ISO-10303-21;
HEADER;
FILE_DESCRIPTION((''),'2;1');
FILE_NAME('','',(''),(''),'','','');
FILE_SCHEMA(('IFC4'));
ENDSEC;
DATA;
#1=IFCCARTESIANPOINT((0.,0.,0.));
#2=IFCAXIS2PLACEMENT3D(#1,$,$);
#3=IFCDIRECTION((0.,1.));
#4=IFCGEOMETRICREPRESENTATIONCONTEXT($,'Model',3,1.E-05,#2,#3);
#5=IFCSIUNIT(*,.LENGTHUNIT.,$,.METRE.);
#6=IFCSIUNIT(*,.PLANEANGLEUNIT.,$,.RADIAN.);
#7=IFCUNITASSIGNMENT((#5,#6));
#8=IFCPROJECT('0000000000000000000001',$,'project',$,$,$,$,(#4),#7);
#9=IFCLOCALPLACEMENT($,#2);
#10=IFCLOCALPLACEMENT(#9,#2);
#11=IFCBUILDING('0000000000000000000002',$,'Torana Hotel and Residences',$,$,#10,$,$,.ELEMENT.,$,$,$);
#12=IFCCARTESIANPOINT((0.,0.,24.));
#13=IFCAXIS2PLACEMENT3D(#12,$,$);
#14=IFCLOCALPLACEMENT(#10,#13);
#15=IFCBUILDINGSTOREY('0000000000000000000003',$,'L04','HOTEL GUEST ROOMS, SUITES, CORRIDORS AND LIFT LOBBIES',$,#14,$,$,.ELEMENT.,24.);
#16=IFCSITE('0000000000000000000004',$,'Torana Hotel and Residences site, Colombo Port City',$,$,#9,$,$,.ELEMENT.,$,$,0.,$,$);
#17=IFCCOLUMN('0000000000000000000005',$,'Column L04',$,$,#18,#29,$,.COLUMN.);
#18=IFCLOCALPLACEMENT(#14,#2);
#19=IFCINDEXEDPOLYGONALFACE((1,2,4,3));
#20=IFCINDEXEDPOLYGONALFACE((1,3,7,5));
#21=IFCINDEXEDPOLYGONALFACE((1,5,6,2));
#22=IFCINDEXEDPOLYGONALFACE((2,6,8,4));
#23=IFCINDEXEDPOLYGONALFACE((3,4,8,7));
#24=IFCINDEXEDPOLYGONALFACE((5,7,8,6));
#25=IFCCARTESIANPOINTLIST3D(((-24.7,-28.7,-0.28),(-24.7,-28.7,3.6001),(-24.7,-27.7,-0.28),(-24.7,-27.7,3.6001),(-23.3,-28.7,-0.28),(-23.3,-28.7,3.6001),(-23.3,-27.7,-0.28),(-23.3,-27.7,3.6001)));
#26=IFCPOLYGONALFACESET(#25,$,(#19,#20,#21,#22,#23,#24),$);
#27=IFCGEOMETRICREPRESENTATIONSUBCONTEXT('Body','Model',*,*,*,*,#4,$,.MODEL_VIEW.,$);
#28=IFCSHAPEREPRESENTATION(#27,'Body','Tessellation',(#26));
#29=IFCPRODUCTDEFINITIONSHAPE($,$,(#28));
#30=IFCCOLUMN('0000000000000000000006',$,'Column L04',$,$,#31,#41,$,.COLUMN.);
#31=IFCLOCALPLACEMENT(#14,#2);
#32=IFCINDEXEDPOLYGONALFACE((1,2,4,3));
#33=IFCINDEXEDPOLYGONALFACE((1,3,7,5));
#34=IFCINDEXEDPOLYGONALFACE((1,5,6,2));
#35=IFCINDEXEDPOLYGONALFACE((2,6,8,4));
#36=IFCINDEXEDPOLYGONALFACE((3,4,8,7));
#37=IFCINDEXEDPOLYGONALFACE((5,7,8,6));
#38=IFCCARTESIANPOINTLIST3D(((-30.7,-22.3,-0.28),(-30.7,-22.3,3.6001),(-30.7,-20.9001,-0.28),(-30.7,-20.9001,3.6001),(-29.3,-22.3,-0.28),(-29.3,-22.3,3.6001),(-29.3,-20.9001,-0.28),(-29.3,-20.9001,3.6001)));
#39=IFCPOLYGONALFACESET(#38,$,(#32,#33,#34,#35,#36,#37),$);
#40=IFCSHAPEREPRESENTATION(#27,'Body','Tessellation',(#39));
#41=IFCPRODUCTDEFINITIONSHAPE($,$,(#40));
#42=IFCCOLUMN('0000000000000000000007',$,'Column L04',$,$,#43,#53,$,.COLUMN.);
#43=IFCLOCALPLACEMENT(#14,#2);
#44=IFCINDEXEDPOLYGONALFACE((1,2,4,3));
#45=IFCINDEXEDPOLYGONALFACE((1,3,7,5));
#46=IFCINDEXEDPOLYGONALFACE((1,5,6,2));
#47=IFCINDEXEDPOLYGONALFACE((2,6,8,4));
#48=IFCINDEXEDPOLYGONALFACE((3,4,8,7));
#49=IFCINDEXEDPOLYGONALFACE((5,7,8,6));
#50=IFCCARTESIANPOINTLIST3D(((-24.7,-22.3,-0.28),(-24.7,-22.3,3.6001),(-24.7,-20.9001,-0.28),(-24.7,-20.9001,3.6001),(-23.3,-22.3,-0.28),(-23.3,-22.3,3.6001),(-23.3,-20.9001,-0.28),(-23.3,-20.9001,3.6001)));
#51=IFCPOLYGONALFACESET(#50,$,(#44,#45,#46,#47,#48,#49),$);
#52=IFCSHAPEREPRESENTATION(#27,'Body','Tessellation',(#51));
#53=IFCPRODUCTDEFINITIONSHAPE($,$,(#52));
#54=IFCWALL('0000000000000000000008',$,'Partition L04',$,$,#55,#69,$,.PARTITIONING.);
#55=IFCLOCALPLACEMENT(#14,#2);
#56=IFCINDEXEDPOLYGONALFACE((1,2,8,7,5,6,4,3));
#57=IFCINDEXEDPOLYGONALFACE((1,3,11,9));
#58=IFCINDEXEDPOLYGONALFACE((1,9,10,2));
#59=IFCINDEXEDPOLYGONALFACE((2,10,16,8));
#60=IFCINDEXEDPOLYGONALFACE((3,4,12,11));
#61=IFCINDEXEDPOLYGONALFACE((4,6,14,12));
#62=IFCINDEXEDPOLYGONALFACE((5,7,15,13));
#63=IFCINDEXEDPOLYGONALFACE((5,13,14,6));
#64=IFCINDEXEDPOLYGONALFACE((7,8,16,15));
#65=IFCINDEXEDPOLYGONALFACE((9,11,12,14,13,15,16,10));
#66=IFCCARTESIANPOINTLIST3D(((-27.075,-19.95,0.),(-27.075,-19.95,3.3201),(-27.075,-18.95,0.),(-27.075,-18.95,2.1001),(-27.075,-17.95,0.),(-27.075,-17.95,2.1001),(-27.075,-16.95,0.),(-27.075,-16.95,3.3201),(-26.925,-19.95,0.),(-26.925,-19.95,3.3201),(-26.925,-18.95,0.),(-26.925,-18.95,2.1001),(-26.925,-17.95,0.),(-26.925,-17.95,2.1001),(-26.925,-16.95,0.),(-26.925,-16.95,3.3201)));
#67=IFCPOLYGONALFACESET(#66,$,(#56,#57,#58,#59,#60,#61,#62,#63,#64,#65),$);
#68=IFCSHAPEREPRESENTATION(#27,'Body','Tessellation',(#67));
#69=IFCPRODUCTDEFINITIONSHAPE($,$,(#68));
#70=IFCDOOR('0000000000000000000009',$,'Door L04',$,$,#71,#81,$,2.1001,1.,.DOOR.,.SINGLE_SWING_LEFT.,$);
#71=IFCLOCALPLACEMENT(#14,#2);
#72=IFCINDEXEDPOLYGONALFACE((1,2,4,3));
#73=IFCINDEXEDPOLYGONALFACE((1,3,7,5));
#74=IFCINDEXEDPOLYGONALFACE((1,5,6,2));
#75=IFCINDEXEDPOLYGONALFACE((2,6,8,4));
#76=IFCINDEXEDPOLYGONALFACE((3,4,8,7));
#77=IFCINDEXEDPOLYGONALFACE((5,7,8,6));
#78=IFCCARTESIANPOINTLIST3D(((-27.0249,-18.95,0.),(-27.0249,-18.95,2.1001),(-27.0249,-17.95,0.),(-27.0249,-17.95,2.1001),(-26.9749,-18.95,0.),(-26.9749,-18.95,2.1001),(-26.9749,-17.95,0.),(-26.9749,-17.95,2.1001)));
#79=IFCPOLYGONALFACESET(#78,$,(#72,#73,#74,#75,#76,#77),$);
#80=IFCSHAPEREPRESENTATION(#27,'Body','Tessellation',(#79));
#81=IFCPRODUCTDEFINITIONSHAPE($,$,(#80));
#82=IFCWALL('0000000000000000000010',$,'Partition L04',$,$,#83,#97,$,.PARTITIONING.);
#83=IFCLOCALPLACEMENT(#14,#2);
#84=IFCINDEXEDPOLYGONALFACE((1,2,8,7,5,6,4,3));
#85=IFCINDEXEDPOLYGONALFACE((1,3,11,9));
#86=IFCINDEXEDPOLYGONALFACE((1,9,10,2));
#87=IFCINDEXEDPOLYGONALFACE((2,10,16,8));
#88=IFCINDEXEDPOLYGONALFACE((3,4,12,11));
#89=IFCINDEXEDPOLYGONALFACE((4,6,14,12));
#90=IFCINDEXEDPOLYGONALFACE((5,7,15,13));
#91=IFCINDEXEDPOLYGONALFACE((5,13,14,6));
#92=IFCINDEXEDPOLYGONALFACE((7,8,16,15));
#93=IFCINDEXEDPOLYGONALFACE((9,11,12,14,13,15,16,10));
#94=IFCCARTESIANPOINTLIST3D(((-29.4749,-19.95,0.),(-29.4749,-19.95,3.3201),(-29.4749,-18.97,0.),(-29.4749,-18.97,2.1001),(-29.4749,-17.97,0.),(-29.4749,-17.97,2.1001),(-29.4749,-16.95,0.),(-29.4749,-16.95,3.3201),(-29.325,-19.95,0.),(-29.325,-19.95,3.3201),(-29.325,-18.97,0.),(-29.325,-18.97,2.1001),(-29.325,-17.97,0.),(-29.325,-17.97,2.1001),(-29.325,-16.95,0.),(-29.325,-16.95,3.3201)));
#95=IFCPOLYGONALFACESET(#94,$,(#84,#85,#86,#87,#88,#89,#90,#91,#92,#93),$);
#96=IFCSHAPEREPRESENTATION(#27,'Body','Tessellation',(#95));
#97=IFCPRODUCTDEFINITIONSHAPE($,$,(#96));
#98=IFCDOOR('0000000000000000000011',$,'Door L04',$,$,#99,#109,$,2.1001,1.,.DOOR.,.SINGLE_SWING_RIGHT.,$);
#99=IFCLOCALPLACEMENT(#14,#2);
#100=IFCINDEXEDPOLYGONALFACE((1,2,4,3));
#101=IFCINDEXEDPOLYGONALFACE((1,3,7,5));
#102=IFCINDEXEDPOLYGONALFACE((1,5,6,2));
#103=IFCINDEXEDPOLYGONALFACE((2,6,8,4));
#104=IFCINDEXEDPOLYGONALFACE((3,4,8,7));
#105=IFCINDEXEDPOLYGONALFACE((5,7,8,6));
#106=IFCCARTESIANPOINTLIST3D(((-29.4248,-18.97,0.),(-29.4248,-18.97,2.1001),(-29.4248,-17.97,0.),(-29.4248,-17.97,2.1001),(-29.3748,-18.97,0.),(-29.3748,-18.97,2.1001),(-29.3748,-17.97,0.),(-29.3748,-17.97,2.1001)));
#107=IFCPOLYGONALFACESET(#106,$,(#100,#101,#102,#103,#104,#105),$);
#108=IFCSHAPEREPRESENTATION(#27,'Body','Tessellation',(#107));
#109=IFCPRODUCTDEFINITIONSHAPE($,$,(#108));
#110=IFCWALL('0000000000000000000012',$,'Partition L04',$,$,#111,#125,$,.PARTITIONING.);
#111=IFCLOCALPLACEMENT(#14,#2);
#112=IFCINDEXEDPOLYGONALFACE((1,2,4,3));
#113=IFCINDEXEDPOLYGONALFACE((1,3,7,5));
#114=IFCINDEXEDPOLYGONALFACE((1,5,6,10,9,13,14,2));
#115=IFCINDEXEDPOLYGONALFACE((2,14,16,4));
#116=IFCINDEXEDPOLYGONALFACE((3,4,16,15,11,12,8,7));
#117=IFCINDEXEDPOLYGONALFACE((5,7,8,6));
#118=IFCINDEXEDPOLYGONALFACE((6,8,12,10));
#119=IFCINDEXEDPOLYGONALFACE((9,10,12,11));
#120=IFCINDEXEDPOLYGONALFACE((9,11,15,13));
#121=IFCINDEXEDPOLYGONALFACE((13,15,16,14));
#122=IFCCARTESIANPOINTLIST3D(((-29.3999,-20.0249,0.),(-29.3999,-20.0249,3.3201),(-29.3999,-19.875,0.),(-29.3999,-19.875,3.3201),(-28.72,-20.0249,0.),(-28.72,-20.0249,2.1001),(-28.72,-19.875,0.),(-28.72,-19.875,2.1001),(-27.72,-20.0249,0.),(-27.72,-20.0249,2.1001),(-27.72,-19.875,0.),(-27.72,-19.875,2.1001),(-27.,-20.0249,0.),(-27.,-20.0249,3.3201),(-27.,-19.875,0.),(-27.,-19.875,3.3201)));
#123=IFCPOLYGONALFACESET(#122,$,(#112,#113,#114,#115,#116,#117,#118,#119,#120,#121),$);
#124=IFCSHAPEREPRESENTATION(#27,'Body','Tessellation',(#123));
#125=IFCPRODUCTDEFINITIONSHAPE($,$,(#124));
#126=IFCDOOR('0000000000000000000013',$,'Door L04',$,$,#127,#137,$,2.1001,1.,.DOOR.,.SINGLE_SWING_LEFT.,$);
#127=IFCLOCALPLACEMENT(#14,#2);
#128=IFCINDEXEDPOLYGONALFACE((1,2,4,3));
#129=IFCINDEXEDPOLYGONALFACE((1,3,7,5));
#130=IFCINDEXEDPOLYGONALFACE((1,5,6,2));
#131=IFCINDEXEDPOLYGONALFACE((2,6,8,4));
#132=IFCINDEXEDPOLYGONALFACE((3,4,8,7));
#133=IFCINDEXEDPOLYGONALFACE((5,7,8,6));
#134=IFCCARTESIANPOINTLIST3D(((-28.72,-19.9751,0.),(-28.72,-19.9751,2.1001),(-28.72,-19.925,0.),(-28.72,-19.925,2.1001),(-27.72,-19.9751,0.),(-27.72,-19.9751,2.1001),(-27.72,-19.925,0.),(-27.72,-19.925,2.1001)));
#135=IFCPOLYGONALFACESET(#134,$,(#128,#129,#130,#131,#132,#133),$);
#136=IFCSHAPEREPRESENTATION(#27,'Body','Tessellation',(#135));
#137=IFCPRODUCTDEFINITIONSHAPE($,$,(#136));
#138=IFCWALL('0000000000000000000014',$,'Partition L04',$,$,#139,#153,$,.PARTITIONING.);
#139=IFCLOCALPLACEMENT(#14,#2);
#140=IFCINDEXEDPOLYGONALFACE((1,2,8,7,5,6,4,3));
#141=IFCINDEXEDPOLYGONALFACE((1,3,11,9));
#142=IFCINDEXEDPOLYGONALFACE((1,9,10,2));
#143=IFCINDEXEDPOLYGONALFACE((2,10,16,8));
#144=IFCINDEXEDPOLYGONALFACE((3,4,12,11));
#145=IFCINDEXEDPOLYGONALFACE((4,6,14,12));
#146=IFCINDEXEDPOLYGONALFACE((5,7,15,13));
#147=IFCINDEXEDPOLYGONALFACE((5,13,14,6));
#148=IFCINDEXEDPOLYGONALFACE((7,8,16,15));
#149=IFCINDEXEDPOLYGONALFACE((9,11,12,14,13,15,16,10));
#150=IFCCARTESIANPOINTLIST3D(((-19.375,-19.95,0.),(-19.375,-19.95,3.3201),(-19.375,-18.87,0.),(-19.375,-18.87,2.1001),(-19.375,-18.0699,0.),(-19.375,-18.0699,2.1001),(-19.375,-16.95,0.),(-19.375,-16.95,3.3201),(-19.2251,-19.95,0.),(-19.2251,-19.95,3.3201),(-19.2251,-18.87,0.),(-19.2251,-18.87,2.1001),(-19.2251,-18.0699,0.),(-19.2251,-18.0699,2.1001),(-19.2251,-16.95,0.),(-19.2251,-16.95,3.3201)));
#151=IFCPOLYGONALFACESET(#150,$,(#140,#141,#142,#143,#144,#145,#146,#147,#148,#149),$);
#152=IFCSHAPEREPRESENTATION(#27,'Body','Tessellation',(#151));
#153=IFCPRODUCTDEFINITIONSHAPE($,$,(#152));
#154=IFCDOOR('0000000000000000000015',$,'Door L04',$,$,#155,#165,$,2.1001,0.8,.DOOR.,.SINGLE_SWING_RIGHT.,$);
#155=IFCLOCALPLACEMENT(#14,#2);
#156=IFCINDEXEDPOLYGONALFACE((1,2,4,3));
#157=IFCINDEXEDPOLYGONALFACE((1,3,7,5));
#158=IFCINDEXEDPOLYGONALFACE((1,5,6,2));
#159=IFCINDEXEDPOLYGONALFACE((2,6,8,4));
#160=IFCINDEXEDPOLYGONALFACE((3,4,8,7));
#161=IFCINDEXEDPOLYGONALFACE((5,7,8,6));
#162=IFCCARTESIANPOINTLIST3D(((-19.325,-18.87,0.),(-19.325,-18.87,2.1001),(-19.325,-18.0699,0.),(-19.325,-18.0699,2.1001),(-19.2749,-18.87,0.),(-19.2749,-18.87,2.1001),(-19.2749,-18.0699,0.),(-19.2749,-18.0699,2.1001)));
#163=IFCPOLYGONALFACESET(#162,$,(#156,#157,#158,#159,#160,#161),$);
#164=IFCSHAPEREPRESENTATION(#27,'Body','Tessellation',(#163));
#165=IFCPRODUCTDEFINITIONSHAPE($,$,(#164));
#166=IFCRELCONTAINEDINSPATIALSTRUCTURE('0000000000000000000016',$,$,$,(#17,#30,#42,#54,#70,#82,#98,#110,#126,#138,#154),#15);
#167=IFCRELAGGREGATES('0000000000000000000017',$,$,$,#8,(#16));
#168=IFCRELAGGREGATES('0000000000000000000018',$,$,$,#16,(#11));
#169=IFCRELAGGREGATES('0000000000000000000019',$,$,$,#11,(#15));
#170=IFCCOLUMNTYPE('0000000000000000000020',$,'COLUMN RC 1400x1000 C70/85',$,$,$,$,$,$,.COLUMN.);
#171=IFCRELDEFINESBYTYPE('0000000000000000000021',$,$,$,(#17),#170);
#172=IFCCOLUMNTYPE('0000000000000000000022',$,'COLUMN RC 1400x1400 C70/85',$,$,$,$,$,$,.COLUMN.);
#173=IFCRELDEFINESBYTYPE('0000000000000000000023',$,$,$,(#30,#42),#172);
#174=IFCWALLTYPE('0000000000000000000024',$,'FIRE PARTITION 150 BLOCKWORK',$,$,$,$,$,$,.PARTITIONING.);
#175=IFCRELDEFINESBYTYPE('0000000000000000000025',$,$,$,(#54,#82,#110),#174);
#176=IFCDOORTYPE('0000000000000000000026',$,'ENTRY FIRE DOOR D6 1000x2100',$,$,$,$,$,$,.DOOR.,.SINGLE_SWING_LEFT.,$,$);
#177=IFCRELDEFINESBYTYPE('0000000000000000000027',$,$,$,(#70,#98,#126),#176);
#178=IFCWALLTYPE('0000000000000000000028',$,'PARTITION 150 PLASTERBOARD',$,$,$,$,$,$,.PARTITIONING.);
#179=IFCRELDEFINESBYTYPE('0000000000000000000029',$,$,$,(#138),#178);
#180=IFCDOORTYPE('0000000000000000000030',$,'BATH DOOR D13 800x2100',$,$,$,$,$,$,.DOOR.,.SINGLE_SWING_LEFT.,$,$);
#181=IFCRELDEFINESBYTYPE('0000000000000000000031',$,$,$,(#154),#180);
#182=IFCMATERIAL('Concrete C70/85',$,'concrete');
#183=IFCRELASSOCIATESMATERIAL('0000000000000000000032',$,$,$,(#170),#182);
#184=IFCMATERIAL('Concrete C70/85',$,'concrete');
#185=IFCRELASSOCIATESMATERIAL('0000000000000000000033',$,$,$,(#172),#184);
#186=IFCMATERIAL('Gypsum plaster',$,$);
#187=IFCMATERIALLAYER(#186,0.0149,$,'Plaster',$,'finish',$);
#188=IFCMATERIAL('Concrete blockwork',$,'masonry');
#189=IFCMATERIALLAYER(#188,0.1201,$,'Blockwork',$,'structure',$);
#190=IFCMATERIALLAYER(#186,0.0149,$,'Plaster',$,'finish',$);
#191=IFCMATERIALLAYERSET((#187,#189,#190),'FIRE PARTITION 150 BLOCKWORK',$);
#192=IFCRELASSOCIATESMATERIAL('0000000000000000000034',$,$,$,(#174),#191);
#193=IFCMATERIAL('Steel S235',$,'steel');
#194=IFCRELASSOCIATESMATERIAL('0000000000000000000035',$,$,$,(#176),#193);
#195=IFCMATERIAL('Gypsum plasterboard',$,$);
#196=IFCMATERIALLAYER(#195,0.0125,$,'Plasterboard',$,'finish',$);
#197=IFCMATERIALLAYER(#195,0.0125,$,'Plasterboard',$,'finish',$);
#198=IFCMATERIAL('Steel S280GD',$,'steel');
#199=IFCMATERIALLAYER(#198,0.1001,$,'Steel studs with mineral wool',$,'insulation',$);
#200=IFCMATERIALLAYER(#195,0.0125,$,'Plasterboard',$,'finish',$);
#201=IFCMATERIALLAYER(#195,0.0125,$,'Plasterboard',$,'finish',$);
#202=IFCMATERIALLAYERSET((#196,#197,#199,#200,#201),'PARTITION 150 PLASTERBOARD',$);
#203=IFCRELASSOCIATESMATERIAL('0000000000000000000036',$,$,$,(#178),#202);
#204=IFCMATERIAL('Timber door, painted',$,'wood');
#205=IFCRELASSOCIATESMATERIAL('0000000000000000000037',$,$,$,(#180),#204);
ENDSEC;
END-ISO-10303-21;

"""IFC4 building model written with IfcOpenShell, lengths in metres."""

from ifc_helpers import new_model, si_unit, direction, frame, frame_2d, origin, origin_2d, place, context, subcontext, project, spatial, rectangle, extrude, material, layer, layer_set, material_profile, profile_set, type_object, element, fill, save


model = new_model("IFC4")

# Units and contexts
model_context = context("Model", 3, precision=1e-05, world=origin(), true_north=direction((0.0, 1.0)))
body_context = subcontext(model_context, "Body", "Model", "MODEL_VIEW")
ifc_project = project(units=[si_unit("LENGTHUNIT", "METRE"), si_unit("PLANEANGLEUNIT", "RADIAN")], contexts=[model_context])

# Site, building, storey
site_placement = place(None, origin())
site = spatial("IfcSite", under=ifc_project, at=site_placement, Name="Torana Hotel and Residences site, Colombo Port City", CompositionType="ELEMENT", RefElevation=0.0)
building_placement = place(site_placement, origin())
building = spatial("IfcBuilding", under=site, at=building_placement, Name="Torana Hotel and Residences", CompositionType="ELEMENT")
storey_placement = place(building_placement, frame((0.0, 0.0, 24.0)))
storey = spatial("IfcBuildingStorey", under=building, at=storey_placement, Name="L04", Description="HOTEL GUEST ROOMS, SUITES, CORRIDORS AND LIFT LOBBIES", CompositionType="ELEMENT", Elevation=24.0)

# Columns
ifc_material_1 = material(Name="Concrete C70/85", Category="concrete")
ifc_material_profile_1 = material_profile(ifc_material_1, rectangle(XDim=1.3999, YDim=1.0, at=origin_2d()), Name="RC 1400x1000")
ifc_profile_set_1 = profile_set([ifc_material_profile_1], Name="Concrete C70/85")
column_type_1 = type_object("IfcColumnType", Name="COLUMN RC 1400x1000 C70/85", PredefinedType="COLUMN", material=ifc_profile_set_1)
column_placement = place(storey_placement, frame((-24.0, -28.2, -0.28), z_axis=(0.0, 0.0, 1.0), x_axis=(1.0, 0.0, 0.0)))
element("IfcColumn", 1, at=column_placement, inside=storey, type_object=column_type_1, Name="Column L04", PredefinedType="COLUMN", context=body_context, shape_type="SweptSolid", body=[
    extrude(rectangle(XDim=1.3999, YDim=1.0, at=origin_2d()), origin(), (0.0, 0.0, 1.0), 3.8801),
])
ifc_material_2 = material(Name="Concrete C70/85", Category="concrete")
ifc_material_profile_2 = material_profile(ifc_material_2, rectangle(XDim=1.3999, YDim=1.3999, at=origin_2d()), Name="RC 1400x1400")
ifc_profile_set_2 = profile_set([ifc_material_profile_2], Name="Concrete C70/85")
column_type_2 = type_object("IfcColumnType", Name="COLUMN RC 1400x1400 C70/85", PredefinedType="COLUMN", material=ifc_profile_set_2)
for number, where, z_axis, x_axis, name in (
    (2, (-30.0, -21.6001, -0.28), (0.0, 0.0, 1.0), (1.0, 0.0, 0.0), "Column L04"),
    (3, (-24.0, -21.6001, -0.28), (0.0, 0.0, 1.0), (1.0, 0.0, 0.0), "Column L04"),
):
    element("IfcColumn", number, at=place(storey_placement, frame(where, z_axis=z_axis, x_axis=x_axis)), inside=storey, type_object=column_type_2, Name=name, PredefinedType="COLUMN", context=body_context, shape_type="SweptSolid", body=[
        extrude(rectangle(XDim=1.3999, YDim=1.3999, at=origin_2d()), origin(), (0.0, 0.0, 1.0), 3.8801),
    ])

# Walls, openings, doors
ifc_material_3 = material(Name="Gypsum plaster")
ifc_layer_1 = layer(ifc_material_3, 0.0149, Name="Plaster", Category="finish")
ifc_material_4 = material(Name="Concrete blockwork", Category="masonry")
ifc_layer_2 = layer(ifc_material_4, 0.1201, Name="Blockwork", Category="structure")
ifc_layer_3 = layer(ifc_material_3, 0.0149, Name="Plaster", Category="finish")
ifc_layer_set_1 = layer_set([ifc_layer_1, ifc_layer_2, ifc_layer_3], Name="FIRE PARTITION 150 BLOCKWORK")
wall_type_1 = type_object("IfcWallType", Name="FIRE PARTITION 150 BLOCKWORK", PredefinedType="PARTITIONING", material=ifc_layer_set_1)
wall_1_placement = place(storey_placement, frame((-27.0, -19.95, 0.0), z_axis=(0.0, 0.0, 1.0), x_axis=(0.0, 1.0, 0.0)))
wall_1 = element("IfcWall", 4, at=wall_1_placement, inside=storey, type_object=wall_type_1, Name="Partition L04", PredefinedType="PARTITIONING", context=body_context, shape_type="SweptSolid", body=[
    extrude(rectangle(XDim=3.0, YDim=0.1499, at=frame_2d((1.5, 0.0))), origin(), (0.0, 0.0, 1.0), 3.3201),
])
opening_1_placement = place(wall_1_placement, frame((1.0, 0.0, 0.0)))
opening_1 = element("IfcOpeningElement", 5, at=opening_1_placement, cuts=wall_1, PredefinedType="OPENING", context=body_context, shape_type="SweptSolid", body=[
    extrude(rectangle(XDim=1.0, YDim=2.1001, at=frame_2d((0.5, 1.05))), frame((0.0, 0.085, 0.0), z_axis=(0.0, -1.0, 0.0), x_axis=(1.0, 0.0, 0.0)), (0.0, 0.0, 1.0), 0.1699),
])
ifc_material_5 = material(Name="Steel S235", Category="steel")
door_type_1 = type_object("IfcDoorType", Name="ENTRY FIRE DOOR D6 1000x2100", OperationType="SINGLE_SWING_LEFT", PredefinedType="DOOR", material=ifc_material_5)
door_1_placement = place(opening_1_placement, frame((0.5, 0.0, 0.0), z_axis=(0.0, 0.0, 1.0), x_axis=(-1.0, 0.0, 0.0)))
door_1 = element("IfcDoor", 6, at=door_1_placement, inside=storey, type_object=door_type_1, Name="Door L04", OperationType="SINGLE_SWING_LEFT", OverallHeight=2.1001, OverallWidth=1.0, PredefinedType="DOOR", context=body_context, shape_type="SweptSolid", body=[
    extrude(rectangle(XDim=1.0, YDim=2.1001, at=frame_2d((0.0, 1.05))), frame((0.0, -0.0249, 0.0), z_axis=(0.0, 1.0, 0.0), x_axis=(-1.0, 0.0, 0.0)), (0.0, 0.0, 1.0), 0.05),
])
fill(opening_1, door_1)
wall_2_placement = place(storey_placement, frame((-29.3999, -19.95, 0.0), z_axis=(0.0, 0.0, 1.0), x_axis=(0.0, 1.0, 0.0)))
wall_2 = element("IfcWall", 7, at=wall_2_placement, inside=storey, type_object=wall_type_1, Name="Partition L04", PredefinedType="PARTITIONING", context=body_context, shape_type="SweptSolid", body=[
    extrude(rectangle(XDim=3.0, YDim=0.1499, at=frame_2d((1.5, 0.0))), origin(), (0.0, 0.0, 1.0), 3.3201),
])
opening_2_placement = place(wall_2_placement, frame((0.98, 0.0, 0.0)))
opening_2 = element("IfcOpeningElement", 8, at=opening_2_placement, cuts=wall_2, PredefinedType="OPENING", context=body_context, shape_type="SweptSolid", body=[
    extrude(rectangle(XDim=1.0, YDim=2.1001, at=frame_2d((0.5, 1.05))), frame((0.0, 0.085, 0.0), z_axis=(0.0, -1.0, 0.0), x_axis=(1.0, 0.0, 0.0)), (0.0, 0.0, 1.0), 0.1699),
])
door_2_placement = place(opening_2_placement, origin())
door_2 = element("IfcDoor", 9, at=door_2_placement, inside=storey, type_object=door_type_1, Name="Door L04", OperationType="SINGLE_SWING_RIGHT", OverallHeight=2.1001, OverallWidth=1.0, PredefinedType="DOOR", context=body_context, shape_type="SweptSolid", body=[
    extrude(rectangle(XDim=1.0, YDim=2.1001, at=frame_2d((0.5, 1.05))), frame((0.0, 0.0249, 0.0), z_axis=(0.0, -1.0, 0.0), x_axis=(1.0, 0.0, 0.0)), (0.0, 0.0, 1.0), 0.05),
])
fill(opening_2, door_2)
wall_3_placement = place(storey_placement, frame((-29.3999, -19.95, 0.0), z_axis=(0.0, 0.0, 1.0), x_axis=(1.0, 0.0, 0.0)))
wall_3 = element("IfcWall", 10, at=wall_3_placement, inside=storey, type_object=wall_type_1, Name="Partition L04", PredefinedType="PARTITIONING", context=body_context, shape_type="SweptSolid", body=[
    extrude(rectangle(XDim=2.3999, YDim=0.1499, at=frame_2d((1.2, 0.0))), origin(), (0.0, 0.0, 1.0), 3.3201),
])
opening_3_placement = place(wall_3_placement, frame((0.6799, 0.0, 0.0)))
opening_3 = element("IfcOpeningElement", 11, at=opening_3_placement, cuts=wall_3, PredefinedType="OPENING", context=body_context, shape_type="SweptSolid", body=[
    extrude(rectangle(XDim=1.0, YDim=2.1001, at=frame_2d((0.5, 1.05))), frame((0.0, 0.085, 0.0), z_axis=(0.0, -1.0, 0.0), x_axis=(1.0, 0.0, 0.0)), (0.0, 0.0, 1.0), 0.1699),
])
door_3_placement = place(opening_3_placement, frame((0.5, 0.0, 0.0), z_axis=(0.0, 0.0, 1.0), x_axis=(-1.0, 0.0, 0.0)))
door_3 = element("IfcDoor", 12, at=door_3_placement, inside=storey, type_object=door_type_1, Name="Door L04", OperationType="SINGLE_SWING_LEFT", OverallHeight=2.1001, OverallWidth=1.0, PredefinedType="DOOR", context=body_context, shape_type="SweptSolid", body=[
    extrude(rectangle(XDim=1.0, YDim=2.1001, at=frame_2d((0.0, 1.05))), frame((0.0, -0.0249, 0.0), z_axis=(0.0, 1.0, 0.0), x_axis=(-1.0, 0.0, 0.0)), (0.0, 0.0, 1.0), 0.05),
])
fill(opening_3, door_3)
ifc_material_6 = material(Name="Gypsum plasterboard")
ifc_layer_4 = layer(ifc_material_6, 0.0125, Name="Plasterboard", Category="finish")
ifc_layer_5 = layer(ifc_material_6, 0.0125, Name="Plasterboard", Category="finish")
ifc_material_7 = material(Name="Steel S280GD", Category="steel")
ifc_layer_6 = layer(ifc_material_7, 0.1001, Name="Steel studs with mineral wool", Category="insulation")
ifc_layer_7 = layer(ifc_material_6, 0.0125, Name="Plasterboard", Category="finish")
ifc_layer_8 = layer(ifc_material_6, 0.0125, Name="Plasterboard", Category="finish")
ifc_layer_set_2 = layer_set([ifc_layer_4, ifc_layer_5, ifc_layer_6, ifc_layer_7, ifc_layer_8], Name="PARTITION 150 PLASTERBOARD")
wall_type_2 = type_object("IfcWallType", Name="PARTITION 150 PLASTERBOARD", PredefinedType="PARTITIONING", material=ifc_layer_set_2)
wall_4_placement = place(storey_placement, frame((-19.3, -19.95, 0.0), z_axis=(0.0, 0.0, 1.0), x_axis=(0.0, 1.0, 0.0)))
wall_4 = element("IfcWall", 13, at=wall_4_placement, inside=storey, type_object=wall_type_2, Name="Partition L04", PredefinedType="PARTITIONING", context=body_context, shape_type="SweptSolid", body=[
    extrude(rectangle(XDim=3.0, YDim=0.1499, at=frame_2d((1.5, 0.0))), origin(), (0.0, 0.0, 1.0), 3.3201),
])
opening_4_placement = place(wall_4_placement, frame((1.0801, 0.0, 0.0)))
opening_4 = element("IfcOpeningElement", 14, at=opening_4_placement, cuts=wall_4, PredefinedType="OPENING", context=body_context, shape_type="SweptSolid", body=[
    extrude(rectangle(XDim=0.8, YDim=2.1001, at=frame_2d((0.3999, 1.05))), frame((0.0, 0.085, 0.0), z_axis=(0.0, -1.0, 0.0), x_axis=(1.0, 0.0, 0.0)), (0.0, 0.0, 1.0), 0.1699),
])
ifc_material_8 = material(Name="Timber door, painted", Category="wood")
door_type_2 = type_object("IfcDoorType", Name="BATH DOOR D13 800x2100", OperationType="SINGLE_SWING_LEFT", PredefinedType="DOOR", material=ifc_material_8)
door_4_placement = place(opening_4_placement, origin())
door_4 = element("IfcDoor", 15, at=door_4_placement, inside=storey, type_object=door_type_2, Name="Door L04", OperationType="SINGLE_SWING_RIGHT", OverallHeight=2.1001, OverallWidth=0.8, PredefinedType="DOOR", context=body_context, shape_type="SweptSolid", body=[
    extrude(rectangle(XDim=0.8, YDim=2.1001, at=frame_2d((0.3999, 1.05))), frame((0.0, 0.0249, 0.0), z_axis=(0.0, -1.0, 0.0), x_axis=(1.0, 0.0, 0.0)), (0.0, 0.0, 1.0), 0.05),
])
fill(opening_4, door_4)

save(model, "model.ifc")
